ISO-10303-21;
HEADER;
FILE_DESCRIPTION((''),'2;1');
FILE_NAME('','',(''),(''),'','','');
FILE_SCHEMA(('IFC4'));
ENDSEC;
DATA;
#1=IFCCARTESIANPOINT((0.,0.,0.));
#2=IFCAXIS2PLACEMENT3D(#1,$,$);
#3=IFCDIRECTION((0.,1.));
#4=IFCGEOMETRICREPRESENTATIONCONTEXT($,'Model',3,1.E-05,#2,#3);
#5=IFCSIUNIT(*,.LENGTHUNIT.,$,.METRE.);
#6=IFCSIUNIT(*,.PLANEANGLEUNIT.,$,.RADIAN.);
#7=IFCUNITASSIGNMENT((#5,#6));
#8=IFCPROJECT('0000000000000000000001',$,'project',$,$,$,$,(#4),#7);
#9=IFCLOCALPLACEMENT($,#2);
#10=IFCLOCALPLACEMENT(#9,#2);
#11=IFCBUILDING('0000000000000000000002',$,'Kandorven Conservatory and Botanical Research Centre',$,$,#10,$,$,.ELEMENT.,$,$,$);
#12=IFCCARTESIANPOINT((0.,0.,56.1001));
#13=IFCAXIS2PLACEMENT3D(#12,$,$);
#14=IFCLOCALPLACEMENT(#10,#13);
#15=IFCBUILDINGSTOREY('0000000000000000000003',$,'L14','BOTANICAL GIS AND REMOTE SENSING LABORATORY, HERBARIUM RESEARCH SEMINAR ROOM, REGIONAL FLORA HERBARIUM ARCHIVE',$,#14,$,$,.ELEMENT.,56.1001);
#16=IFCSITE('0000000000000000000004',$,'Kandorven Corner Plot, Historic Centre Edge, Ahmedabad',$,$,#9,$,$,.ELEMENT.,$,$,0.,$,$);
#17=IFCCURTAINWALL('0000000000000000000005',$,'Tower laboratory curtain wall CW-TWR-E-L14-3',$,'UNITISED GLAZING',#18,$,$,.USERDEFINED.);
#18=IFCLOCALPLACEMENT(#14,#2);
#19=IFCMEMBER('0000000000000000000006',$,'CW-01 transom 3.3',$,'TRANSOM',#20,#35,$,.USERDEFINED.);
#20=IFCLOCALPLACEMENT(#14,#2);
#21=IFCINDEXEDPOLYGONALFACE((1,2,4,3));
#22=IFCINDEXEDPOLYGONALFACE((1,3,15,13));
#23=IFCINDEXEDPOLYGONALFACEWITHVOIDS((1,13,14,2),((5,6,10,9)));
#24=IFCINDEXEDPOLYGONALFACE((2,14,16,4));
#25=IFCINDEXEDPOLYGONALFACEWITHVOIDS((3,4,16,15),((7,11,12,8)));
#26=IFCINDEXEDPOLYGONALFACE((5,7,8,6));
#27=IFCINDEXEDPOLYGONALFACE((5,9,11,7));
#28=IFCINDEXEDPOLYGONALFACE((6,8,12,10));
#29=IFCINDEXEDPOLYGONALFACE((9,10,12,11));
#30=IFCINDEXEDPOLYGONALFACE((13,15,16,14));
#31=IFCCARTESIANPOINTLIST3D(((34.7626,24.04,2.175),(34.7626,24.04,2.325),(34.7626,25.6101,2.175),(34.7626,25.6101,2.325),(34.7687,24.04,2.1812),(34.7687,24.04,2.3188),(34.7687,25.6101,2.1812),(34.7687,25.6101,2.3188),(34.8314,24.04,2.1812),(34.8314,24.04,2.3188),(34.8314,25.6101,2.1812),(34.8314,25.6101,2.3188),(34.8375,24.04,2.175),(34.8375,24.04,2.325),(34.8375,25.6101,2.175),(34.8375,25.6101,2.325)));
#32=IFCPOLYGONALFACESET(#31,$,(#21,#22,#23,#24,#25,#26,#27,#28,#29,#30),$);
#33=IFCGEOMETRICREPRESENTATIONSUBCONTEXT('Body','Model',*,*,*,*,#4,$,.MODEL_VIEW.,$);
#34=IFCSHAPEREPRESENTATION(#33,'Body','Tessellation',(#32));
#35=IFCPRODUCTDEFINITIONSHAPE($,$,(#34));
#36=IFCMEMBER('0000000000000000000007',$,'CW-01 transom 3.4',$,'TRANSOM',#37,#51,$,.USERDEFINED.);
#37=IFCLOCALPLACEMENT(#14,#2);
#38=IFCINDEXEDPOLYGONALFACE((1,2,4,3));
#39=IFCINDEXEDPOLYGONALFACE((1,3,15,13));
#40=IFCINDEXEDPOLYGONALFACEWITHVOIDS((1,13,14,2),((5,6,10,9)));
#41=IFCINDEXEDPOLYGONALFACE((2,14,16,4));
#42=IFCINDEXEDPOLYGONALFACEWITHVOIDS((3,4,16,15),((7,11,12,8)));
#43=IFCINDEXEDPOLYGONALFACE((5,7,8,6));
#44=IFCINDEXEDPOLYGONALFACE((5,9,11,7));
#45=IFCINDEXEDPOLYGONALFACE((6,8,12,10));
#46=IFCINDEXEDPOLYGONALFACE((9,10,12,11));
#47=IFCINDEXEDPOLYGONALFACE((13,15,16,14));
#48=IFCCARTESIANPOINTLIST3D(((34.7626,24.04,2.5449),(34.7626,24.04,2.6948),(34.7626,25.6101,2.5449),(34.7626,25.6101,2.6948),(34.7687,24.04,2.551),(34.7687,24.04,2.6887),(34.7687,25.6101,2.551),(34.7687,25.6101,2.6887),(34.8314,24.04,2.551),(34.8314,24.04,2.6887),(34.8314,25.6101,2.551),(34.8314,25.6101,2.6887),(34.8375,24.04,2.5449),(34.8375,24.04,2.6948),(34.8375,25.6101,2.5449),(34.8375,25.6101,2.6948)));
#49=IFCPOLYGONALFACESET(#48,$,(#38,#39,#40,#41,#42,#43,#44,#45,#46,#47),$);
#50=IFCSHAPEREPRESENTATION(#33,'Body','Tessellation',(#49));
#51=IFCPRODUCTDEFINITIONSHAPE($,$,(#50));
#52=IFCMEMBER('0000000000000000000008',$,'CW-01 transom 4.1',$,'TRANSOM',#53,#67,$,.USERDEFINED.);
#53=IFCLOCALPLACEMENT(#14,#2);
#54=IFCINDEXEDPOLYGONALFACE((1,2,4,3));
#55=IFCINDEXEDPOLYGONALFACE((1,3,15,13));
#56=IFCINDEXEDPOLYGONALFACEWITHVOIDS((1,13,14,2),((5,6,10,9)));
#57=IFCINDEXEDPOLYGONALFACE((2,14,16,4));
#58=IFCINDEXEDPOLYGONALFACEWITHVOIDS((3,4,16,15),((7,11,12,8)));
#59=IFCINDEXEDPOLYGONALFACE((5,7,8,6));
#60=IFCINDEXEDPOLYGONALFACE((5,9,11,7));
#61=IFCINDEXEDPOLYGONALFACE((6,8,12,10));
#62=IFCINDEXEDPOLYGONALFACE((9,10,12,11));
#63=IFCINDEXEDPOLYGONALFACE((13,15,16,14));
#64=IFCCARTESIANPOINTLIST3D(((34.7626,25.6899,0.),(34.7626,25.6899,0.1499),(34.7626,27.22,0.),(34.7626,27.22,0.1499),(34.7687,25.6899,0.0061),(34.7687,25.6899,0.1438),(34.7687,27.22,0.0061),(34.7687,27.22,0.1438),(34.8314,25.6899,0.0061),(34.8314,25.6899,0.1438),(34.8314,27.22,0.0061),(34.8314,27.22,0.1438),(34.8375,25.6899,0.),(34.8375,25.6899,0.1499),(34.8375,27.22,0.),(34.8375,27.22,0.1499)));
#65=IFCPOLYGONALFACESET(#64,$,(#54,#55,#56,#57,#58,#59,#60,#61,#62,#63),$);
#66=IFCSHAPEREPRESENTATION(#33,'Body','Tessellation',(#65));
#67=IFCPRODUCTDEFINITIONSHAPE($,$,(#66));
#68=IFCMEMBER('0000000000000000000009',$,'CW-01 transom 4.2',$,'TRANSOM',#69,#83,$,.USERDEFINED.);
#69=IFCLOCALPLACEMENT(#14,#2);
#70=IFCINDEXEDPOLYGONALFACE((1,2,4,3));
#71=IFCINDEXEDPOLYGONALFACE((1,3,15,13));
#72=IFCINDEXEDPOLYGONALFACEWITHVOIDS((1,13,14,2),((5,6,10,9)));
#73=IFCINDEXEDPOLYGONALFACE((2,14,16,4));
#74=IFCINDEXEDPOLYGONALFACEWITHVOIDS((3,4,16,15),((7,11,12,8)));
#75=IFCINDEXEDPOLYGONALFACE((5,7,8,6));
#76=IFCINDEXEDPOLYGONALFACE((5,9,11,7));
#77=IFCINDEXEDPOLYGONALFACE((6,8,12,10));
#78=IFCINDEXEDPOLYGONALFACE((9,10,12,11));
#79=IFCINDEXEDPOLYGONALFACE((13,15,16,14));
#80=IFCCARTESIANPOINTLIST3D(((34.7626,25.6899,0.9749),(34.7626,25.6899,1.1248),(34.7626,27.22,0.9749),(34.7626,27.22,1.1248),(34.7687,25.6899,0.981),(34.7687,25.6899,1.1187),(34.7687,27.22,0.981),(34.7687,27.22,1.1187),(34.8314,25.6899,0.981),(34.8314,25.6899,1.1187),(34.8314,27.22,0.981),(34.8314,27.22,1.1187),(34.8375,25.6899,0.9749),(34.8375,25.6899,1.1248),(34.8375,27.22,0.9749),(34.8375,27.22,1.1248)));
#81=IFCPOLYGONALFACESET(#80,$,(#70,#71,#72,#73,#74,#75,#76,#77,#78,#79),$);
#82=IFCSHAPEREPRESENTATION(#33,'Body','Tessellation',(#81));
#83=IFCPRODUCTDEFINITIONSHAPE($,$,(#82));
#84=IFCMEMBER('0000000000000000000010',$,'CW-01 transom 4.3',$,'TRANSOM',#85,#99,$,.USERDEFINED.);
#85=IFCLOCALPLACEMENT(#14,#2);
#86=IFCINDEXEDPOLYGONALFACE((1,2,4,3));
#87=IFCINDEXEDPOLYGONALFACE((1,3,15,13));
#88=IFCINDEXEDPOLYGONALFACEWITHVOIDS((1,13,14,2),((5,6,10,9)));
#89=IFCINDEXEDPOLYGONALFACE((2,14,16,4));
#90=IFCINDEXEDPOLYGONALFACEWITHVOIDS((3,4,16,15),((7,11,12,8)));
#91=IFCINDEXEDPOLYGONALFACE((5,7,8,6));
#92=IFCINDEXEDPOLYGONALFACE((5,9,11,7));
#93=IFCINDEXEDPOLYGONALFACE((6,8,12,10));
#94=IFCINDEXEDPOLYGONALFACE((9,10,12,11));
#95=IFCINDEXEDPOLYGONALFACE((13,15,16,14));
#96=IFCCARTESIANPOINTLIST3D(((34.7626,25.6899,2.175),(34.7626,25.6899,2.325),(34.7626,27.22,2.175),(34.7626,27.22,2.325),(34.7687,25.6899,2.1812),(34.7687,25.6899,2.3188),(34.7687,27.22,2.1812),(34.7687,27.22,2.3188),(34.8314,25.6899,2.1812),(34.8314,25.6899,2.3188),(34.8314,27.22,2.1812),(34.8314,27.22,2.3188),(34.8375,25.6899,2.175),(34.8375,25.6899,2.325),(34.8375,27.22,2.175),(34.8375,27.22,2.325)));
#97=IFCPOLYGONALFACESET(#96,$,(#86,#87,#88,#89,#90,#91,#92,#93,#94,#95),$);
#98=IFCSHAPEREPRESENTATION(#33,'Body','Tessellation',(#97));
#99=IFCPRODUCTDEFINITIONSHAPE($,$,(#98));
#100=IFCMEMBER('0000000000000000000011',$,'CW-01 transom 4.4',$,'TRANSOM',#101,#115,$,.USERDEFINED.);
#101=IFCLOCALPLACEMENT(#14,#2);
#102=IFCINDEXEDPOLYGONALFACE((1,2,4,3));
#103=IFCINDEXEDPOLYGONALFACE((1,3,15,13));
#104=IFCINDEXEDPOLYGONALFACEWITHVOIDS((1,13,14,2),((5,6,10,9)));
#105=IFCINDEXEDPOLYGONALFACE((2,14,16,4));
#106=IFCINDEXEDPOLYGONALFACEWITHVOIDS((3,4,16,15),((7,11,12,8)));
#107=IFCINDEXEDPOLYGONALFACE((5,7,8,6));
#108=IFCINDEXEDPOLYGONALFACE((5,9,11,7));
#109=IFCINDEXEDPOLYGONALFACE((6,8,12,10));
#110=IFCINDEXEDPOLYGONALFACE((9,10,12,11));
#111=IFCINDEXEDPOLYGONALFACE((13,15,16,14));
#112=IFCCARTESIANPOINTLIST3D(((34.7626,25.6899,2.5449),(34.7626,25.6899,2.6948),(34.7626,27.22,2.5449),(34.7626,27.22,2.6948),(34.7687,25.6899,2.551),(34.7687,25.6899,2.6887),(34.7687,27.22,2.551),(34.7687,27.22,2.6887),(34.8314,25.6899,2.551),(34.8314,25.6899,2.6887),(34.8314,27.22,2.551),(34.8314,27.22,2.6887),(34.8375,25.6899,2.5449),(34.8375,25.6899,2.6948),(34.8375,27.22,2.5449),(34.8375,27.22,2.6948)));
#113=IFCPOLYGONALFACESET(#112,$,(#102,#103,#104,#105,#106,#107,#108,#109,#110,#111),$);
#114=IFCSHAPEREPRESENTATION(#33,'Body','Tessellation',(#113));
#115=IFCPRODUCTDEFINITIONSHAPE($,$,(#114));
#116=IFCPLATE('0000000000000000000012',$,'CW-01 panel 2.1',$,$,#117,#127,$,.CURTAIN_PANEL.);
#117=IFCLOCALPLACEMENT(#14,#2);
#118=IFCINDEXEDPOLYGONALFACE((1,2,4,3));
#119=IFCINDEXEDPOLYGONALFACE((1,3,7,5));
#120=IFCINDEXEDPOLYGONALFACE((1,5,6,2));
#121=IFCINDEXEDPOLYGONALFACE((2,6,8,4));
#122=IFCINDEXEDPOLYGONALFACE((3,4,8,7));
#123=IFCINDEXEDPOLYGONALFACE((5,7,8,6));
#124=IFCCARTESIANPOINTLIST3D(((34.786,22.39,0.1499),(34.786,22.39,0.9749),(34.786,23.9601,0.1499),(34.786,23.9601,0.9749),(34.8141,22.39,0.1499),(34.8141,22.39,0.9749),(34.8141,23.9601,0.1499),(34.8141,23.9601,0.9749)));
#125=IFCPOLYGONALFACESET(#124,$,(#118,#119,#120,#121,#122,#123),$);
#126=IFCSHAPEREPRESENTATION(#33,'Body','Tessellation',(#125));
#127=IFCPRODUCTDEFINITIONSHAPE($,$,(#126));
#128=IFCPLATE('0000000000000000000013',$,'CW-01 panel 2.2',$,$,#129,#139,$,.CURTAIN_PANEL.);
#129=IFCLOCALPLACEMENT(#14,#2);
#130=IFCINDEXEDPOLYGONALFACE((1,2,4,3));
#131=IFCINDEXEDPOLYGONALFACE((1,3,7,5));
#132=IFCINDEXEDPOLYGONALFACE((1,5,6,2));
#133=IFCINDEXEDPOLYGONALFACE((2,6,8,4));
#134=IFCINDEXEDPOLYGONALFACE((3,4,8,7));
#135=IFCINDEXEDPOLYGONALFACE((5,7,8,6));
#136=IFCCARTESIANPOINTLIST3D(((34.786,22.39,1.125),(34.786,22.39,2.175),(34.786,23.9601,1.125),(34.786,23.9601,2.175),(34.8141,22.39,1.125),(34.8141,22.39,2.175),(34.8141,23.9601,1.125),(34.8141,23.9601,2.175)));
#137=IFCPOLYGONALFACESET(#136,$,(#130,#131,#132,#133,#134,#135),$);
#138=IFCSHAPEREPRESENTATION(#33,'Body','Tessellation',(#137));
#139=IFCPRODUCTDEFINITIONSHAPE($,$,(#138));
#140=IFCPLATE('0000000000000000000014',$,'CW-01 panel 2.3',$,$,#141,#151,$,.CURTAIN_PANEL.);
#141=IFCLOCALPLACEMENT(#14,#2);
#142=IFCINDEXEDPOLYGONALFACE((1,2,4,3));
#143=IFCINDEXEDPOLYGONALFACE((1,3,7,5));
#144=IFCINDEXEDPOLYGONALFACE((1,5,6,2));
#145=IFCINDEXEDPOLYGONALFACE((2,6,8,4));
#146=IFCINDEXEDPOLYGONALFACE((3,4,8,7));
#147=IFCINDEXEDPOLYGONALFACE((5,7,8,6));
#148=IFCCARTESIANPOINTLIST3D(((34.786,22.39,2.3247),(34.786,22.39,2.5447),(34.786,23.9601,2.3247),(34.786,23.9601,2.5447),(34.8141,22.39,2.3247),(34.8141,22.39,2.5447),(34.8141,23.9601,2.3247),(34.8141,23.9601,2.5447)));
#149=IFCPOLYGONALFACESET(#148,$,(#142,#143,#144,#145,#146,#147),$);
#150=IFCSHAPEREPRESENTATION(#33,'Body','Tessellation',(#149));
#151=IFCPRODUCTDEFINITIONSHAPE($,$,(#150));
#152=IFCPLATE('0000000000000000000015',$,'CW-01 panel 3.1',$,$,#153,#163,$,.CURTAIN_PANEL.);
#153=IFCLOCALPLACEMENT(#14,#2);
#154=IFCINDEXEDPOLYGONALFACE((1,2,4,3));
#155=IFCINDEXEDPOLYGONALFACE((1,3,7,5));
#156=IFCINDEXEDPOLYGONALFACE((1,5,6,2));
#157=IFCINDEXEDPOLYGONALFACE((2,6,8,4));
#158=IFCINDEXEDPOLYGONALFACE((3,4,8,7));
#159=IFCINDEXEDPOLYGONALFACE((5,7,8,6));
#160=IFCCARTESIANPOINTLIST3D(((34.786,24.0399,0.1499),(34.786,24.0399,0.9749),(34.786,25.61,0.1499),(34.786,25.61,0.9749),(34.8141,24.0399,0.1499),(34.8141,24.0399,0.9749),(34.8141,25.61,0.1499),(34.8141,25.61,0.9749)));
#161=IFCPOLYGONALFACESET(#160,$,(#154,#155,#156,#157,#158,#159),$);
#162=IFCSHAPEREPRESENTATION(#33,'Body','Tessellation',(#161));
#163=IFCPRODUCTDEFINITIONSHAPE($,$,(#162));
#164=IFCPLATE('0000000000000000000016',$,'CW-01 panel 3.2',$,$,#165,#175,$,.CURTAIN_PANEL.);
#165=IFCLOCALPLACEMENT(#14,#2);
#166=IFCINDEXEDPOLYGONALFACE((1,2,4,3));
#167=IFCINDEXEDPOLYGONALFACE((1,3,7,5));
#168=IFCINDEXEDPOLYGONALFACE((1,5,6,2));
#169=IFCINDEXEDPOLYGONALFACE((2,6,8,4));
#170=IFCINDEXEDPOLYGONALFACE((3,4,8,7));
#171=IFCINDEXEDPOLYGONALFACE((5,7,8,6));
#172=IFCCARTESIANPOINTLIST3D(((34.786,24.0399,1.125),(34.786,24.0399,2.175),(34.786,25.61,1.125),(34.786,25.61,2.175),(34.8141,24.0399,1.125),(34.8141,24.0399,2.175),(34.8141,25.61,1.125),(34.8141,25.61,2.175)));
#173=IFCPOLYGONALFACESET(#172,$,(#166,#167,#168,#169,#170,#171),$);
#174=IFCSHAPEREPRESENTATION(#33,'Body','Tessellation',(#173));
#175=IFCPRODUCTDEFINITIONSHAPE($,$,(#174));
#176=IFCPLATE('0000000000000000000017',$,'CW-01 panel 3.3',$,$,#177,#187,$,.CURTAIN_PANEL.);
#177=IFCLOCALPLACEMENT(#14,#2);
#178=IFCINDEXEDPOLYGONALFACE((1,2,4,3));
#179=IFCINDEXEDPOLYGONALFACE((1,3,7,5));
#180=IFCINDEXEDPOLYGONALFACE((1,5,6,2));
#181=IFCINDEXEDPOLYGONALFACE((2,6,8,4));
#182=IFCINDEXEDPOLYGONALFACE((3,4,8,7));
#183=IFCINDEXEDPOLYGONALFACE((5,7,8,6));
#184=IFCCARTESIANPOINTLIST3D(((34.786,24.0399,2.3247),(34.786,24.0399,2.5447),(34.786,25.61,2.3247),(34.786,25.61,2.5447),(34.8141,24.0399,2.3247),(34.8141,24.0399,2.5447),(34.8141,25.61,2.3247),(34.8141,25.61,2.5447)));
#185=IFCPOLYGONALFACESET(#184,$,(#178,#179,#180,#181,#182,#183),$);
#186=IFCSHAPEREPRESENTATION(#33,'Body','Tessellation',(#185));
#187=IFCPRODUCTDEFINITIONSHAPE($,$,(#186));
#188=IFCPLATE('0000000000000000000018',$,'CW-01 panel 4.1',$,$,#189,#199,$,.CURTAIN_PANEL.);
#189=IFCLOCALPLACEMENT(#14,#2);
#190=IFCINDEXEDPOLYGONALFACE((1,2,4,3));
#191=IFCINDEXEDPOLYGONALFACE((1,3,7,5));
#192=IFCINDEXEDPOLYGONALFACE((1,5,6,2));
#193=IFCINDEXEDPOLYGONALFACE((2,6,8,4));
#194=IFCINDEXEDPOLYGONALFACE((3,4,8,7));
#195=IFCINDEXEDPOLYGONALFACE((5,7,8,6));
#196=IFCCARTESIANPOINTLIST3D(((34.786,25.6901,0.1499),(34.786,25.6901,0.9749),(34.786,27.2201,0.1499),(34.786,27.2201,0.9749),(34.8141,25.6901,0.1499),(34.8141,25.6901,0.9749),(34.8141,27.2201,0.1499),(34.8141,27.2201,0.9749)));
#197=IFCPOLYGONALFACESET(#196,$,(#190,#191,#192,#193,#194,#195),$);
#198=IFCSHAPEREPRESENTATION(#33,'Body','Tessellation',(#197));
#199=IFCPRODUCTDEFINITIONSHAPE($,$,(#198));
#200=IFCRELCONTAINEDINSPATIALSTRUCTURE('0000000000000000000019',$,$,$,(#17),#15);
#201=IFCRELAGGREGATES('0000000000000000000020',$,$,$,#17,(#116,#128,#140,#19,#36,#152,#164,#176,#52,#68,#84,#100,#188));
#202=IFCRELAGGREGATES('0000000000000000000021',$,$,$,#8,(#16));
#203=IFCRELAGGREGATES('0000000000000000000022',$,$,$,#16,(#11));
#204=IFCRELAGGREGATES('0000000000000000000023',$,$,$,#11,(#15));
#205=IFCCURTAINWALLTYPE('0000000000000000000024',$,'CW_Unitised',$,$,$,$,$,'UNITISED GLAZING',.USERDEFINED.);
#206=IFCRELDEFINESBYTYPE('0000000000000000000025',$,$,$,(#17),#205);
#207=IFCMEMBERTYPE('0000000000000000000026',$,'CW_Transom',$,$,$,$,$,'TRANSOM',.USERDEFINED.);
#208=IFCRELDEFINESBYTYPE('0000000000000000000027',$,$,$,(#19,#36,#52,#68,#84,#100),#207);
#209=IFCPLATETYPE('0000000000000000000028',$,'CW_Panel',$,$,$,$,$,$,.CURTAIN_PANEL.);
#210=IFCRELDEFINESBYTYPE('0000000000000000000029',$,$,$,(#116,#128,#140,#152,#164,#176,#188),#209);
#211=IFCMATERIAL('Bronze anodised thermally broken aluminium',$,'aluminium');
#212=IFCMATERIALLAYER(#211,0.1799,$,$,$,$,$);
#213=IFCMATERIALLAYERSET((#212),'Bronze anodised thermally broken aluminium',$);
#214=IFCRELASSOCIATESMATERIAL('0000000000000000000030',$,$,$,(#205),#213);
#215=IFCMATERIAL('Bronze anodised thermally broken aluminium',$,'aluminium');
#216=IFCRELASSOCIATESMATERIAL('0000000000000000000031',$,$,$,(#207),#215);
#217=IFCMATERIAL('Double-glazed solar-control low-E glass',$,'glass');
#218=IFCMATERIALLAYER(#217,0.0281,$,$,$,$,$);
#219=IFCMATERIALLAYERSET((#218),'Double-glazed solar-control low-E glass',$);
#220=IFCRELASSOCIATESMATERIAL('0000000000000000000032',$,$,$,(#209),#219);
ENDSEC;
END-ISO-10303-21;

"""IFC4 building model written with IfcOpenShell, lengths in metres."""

from ifc_helpers import new_model, si_unit, direction, frame, origin, origin_2d, place, context, subcontext, project, spatial, rectangle, hollow_rectangle, extrude, material, layer, layer_set, material_profile, profile_set, type_object, element, aggregate, save


model = new_model("IFC4")

# Units and contexts
model_context = context("Model", 3, precision=1e-05, world=origin(), true_north=direction((0.0, 1.0)))
body_context = subcontext(model_context, "Body", "Model", "MODEL_VIEW")
ifc_project = project(units=[si_unit("LENGTHUNIT", "METRE"), si_unit("PLANEANGLEUNIT", "RADIAN")], contexts=[model_context])

# Site, building, storey
site_placement = place(None, origin())
site = spatial("IfcSite", under=ifc_project, at=site_placement, Name="Kandorven Corner Plot, Historic Centre Edge, Ahmedabad", CompositionType="ELEMENT", RefElevation=0.0)
building_placement = place(site_placement, origin())
building = spatial("IfcBuilding", under=site, at=building_placement, Name="Kandorven Conservatory and Botanical Research Centre", CompositionType="ELEMENT")
storey_placement = place(building_placement, frame((0.0, 0.0, 56.1001)))
storey = spatial("IfcBuildingStorey", under=building, at=storey_placement, Name="L14", Description="BOTANICAL GIS AND REMOTE SENSING LABORATORY, HERBARIUM RESEARCH SEMINAR ROOM, REGIONAL FLORA HERBARIUM ARCHIVE", CompositionType="ELEMENT", Elevation=56.1001)

# Curtain wall, members, plates
ifc_material_1 = material(Name="Bronze anodised thermally broken aluminium", Category="aluminium")
ifc_layer_1 = layer(ifc_material_1, 0.1799)
ifc_layer_set_1 = layer_set([ifc_layer_1], Name="Bronze anodised thermally broken aluminium")
curtain_wall_type = type_object("IfcCurtainWallType", Name="CW_Unitised", ElementType="UNITISED GLAZING", PredefinedType="USERDEFINED", material=ifc_layer_set_1)
curtain_wall_placement = place(storey_placement, origin())
curtain_wall = element("IfcCurtainWall", 1, at=curtain_wall_placement, inside=storey, type_object=curtain_wall_type, Name="Tower laboratory curtain wall CW-TWR-E-L14-3", ObjectType="UNITISED GLAZING", PredefinedType="USERDEFINED")
ifc_material_2 = material(Name="Bronze anodised thermally broken aluminium", Category="aluminium")
ifc_material_profile_1 = material_profile(ifc_material_2, hollow_rectangle(XDim=0.075, YDim=0.1499, WallThickness=0.0061, at=origin_2d()))
ifc_profile_set_1 = profile_set([ifc_material_profile_1], Name="Bronze anodised thermally broken aluminium")
member_type_1 = type_object("IfcMemberType", Name="CW_Transom", ElementType="TRANSOM", PredefinedType="USERDEFINED", material=ifc_profile_set_1)
member_1_placement = place(storey_placement, frame((34.8, 24.04, 2.25), z_axis=(0.0, 1.0, 0.0), x_axis=(-1.0, 0.0, 0.0)))
member_1 = element("IfcMember", 2, at=member_1_placement, type_object=member_type_1, Name="CW-01 transom 3.3", ObjectType="TRANSOM", PredefinedType="USERDEFINED", context=body_context, shape_type="SweptSolid", body=[
    extrude(hollow_rectangle(XDim=0.075, YDim=0.1499, WallThickness=0.0061, at=origin_2d()), origin(), (0.0, 0.0, 1.0), 1.5701),
])
member_2_placement = place(storey_placement, frame((34.8, 24.04, 2.6199), z_axis=(0.0, 1.0, 0.0), x_axis=(-1.0, 0.0, 0.0)))
member_2 = element("IfcMember", 3, at=member_2_placement, type_object=member_type_1, Name="CW-01 transom 3.4", ObjectType="TRANSOM", PredefinedType="USERDEFINED", context=body_context, shape_type="SweptSolid", body=[
    extrude(hollow_rectangle(XDim=0.075, YDim=0.1499, WallThickness=0.0061, at=origin_2d()), origin(), (0.0, 0.0, 1.0), 1.5701),
])
member_3_placement = place(storey_placement, frame((34.8, 25.6899, 0.075), z_axis=(0.0, 1.0, 0.0), x_axis=(-1.0, 0.0, 0.0)))
member_3 = element("IfcMember", 4, at=member_3_placement, type_object=member_type_1, Name="CW-01 transom 4.1", ObjectType="TRANSOM", PredefinedType="USERDEFINED", context=body_context, shape_type="SweptSolid", body=[
    extrude(hollow_rectangle(XDim=0.075, YDim=0.1499, WallThickness=0.0061, at=origin_2d()), origin(), (0.0, 0.0, 1.0), 1.53),
])
member_4_placement = place(storey_placement, frame((34.8, 25.6899, 1.0498), z_axis=(0.0, 1.0, 0.0), x_axis=(-1.0, 0.0, 0.0)))
member_4 = element("IfcMember", 5, at=member_4_placement, type_object=member_type_1, Name="CW-01 transom 4.2", ObjectType="TRANSOM", PredefinedType="USERDEFINED", context=body_context, shape_type="SweptSolid", body=[
    extrude(hollow_rectangle(XDim=0.075, YDim=0.1499, WallThickness=0.0061, at=origin_2d()), origin(), (0.0, 0.0, 1.0), 1.53),
])
member_5_placement = place(storey_placement, frame((34.8, 25.6899, 2.25), z_axis=(0.0, 1.0, 0.0), x_axis=(-1.0, 0.0, 0.0)))
member_5 = element("IfcMember", 6, at=member_5_placement, type_object=member_type_1, Name="CW-01 transom 4.3", ObjectType="TRANSOM", PredefinedType="USERDEFINED", context=body_context, shape_type="SweptSolid", body=[
    extrude(hollow_rectangle(XDim=0.075, YDim=0.1499, WallThickness=0.0061, at=origin_2d()), origin(), (0.0, 0.0, 1.0), 1.53),
])
member_6_placement = place(storey_placement, frame((34.8, 25.6899, 2.6199), z_axis=(0.0, 1.0, 0.0), x_axis=(-1.0, 0.0, 0.0)))
member_6 = element("IfcMember", 7, at=member_6_placement, type_object=member_type_1, Name="CW-01 transom 4.4", ObjectType="TRANSOM", PredefinedType="USERDEFINED", context=body_context, shape_type="SweptSolid", body=[
    extrude(hollow_rectangle(XDim=0.075, YDim=0.1499, WallThickness=0.0061, at=origin_2d()), origin(), (0.0, 0.0, 1.0), 1.53),
])
ifc_material_3 = material(Name="Double-glazed solar-control low-E glass", Category="glass")
ifc_layer_2 = layer(ifc_material_3, 0.0281)
ifc_layer_set_2 = layer_set([ifc_layer_2], Name="Double-glazed solar-control low-E glass")
plate_type_1 = type_object("IfcPlateType", Name="CW_Panel", PredefinedType="CURTAIN_PANEL", material=ifc_layer_set_2)
plate_1_placement = place(storey_placement, frame((34.8, 23.175, 0.1499), z_axis=(0.0, 0.0, 1.0), x_axis=(0.0, 1.0, 0.0)))
plate_1 = element("IfcPlate", 8, at=plate_1_placement, type_object=plate_type_1, Name="CW-01 panel 2.1", PredefinedType="CURTAIN_PANEL", context=body_context, shape_type="SweptSolid", body=[
    extrude(rectangle(XDim=1.5701, YDim=0.0281, at=origin_2d()), origin(), (0.0, 0.0, 1.0), 0.825),
])
plate_2_placement = place(storey_placement, frame((34.8, 23.175, 1.125), z_axis=(0.0, 0.0, 1.0), x_axis=(0.0, 1.0, 0.0)))
plate_2 = element("IfcPlate", 9, at=plate_2_placement, type_object=plate_type_1, Name="CW-01 panel 2.2", PredefinedType="CURTAIN_PANEL", context=body_context, shape_type="SweptSolid", body=[
    extrude(rectangle(XDim=1.5701, YDim=0.0281, at=origin_2d()), origin(), (0.0, 0.0, 1.0), 1.05),
])
plate_3_placement = place(storey_placement, frame((34.8, 23.175, 2.3247), z_axis=(0.0, 0.0, 1.0), x_axis=(0.0, 1.0, 0.0)))
plate_3 = element("IfcPlate", 10, at=plate_3_placement, type_object=plate_type_1, Name="CW-01 panel 2.3", PredefinedType="CURTAIN_PANEL", context=body_context, shape_type="SweptSolid", body=[
    extrude(rectangle(XDim=1.5701, YDim=0.0281, at=origin_2d()), origin(), (0.0, 0.0, 1.0), 0.22),
])
plate_4_placement = place(storey_placement, frame((34.8, 24.825, 0.1499), z_axis=(0.0, 0.0, 1.0), x_axis=(0.0, 1.0, 0.0)))
plate_4 = element("IfcPlate", 11, at=plate_4_placement, type_object=plate_type_1, Name="CW-01 panel 3.1", PredefinedType="CURTAIN_PANEL", context=body_context, shape_type="SweptSolid", body=[
    extrude(rectangle(XDim=1.5701, YDim=0.0281, at=origin_2d()), origin(), (0.0, 0.0, 1.0), 0.825),
])
plate_5_placement = place(storey_placement, frame((34.8, 24.825, 1.125), z_axis=(0.0, 0.0, 1.0), x_axis=(0.0, 1.0, 0.0)))
plate_5 = element("IfcPlate", 12, at=plate_5_placement, type_object=plate_type_1, Name="CW-01 panel 3.2", PredefinedType="CURTAIN_PANEL", context=body_context, shape_type="SweptSolid", body=[
    extrude(rectangle(XDim=1.5701, YDim=0.0281, at=origin_2d()), origin(), (0.0, 0.0, 1.0), 1.05),
])
plate_6_placement = place(storey_placement, frame((34.8, 24.825, 2.3247), z_axis=(0.0, 0.0, 1.0), x_axis=(0.0, 1.0, 0.0)))
plate_6 = element("IfcPlate", 13, at=plate_6_placement, type_object=plate_type_1, Name="CW-01 panel 3.3", PredefinedType="CURTAIN_PANEL", context=body_context, shape_type="SweptSolid", body=[
    extrude(rectangle(XDim=1.5701, YDim=0.0281, at=origin_2d()), origin(), (0.0, 0.0, 1.0), 0.22),
])
plate_7_placement = place(storey_placement, frame((34.8, 26.4551, 0.1499), z_axis=(0.0, 0.0, 1.0), x_axis=(0.0, 1.0, 0.0)))
plate_7 = element("IfcPlate", 14, at=plate_7_placement, type_object=plate_type_1, Name="CW-01 panel 4.1", PredefinedType="CURTAIN_PANEL", context=body_context, shape_type="SweptSolid", body=[
    extrude(rectangle(XDim=1.53, YDim=0.0281, at=origin_2d()), origin(), (0.0, 0.0, 1.0), 0.825),
])
aggregate(curtain_wall, [plate_1, plate_2, plate_3, member_1, member_2, plate_4, plate_5, plate_6, member_3, member_4, member_5, member_6, plate_7])

save(model, "model.ifc")
